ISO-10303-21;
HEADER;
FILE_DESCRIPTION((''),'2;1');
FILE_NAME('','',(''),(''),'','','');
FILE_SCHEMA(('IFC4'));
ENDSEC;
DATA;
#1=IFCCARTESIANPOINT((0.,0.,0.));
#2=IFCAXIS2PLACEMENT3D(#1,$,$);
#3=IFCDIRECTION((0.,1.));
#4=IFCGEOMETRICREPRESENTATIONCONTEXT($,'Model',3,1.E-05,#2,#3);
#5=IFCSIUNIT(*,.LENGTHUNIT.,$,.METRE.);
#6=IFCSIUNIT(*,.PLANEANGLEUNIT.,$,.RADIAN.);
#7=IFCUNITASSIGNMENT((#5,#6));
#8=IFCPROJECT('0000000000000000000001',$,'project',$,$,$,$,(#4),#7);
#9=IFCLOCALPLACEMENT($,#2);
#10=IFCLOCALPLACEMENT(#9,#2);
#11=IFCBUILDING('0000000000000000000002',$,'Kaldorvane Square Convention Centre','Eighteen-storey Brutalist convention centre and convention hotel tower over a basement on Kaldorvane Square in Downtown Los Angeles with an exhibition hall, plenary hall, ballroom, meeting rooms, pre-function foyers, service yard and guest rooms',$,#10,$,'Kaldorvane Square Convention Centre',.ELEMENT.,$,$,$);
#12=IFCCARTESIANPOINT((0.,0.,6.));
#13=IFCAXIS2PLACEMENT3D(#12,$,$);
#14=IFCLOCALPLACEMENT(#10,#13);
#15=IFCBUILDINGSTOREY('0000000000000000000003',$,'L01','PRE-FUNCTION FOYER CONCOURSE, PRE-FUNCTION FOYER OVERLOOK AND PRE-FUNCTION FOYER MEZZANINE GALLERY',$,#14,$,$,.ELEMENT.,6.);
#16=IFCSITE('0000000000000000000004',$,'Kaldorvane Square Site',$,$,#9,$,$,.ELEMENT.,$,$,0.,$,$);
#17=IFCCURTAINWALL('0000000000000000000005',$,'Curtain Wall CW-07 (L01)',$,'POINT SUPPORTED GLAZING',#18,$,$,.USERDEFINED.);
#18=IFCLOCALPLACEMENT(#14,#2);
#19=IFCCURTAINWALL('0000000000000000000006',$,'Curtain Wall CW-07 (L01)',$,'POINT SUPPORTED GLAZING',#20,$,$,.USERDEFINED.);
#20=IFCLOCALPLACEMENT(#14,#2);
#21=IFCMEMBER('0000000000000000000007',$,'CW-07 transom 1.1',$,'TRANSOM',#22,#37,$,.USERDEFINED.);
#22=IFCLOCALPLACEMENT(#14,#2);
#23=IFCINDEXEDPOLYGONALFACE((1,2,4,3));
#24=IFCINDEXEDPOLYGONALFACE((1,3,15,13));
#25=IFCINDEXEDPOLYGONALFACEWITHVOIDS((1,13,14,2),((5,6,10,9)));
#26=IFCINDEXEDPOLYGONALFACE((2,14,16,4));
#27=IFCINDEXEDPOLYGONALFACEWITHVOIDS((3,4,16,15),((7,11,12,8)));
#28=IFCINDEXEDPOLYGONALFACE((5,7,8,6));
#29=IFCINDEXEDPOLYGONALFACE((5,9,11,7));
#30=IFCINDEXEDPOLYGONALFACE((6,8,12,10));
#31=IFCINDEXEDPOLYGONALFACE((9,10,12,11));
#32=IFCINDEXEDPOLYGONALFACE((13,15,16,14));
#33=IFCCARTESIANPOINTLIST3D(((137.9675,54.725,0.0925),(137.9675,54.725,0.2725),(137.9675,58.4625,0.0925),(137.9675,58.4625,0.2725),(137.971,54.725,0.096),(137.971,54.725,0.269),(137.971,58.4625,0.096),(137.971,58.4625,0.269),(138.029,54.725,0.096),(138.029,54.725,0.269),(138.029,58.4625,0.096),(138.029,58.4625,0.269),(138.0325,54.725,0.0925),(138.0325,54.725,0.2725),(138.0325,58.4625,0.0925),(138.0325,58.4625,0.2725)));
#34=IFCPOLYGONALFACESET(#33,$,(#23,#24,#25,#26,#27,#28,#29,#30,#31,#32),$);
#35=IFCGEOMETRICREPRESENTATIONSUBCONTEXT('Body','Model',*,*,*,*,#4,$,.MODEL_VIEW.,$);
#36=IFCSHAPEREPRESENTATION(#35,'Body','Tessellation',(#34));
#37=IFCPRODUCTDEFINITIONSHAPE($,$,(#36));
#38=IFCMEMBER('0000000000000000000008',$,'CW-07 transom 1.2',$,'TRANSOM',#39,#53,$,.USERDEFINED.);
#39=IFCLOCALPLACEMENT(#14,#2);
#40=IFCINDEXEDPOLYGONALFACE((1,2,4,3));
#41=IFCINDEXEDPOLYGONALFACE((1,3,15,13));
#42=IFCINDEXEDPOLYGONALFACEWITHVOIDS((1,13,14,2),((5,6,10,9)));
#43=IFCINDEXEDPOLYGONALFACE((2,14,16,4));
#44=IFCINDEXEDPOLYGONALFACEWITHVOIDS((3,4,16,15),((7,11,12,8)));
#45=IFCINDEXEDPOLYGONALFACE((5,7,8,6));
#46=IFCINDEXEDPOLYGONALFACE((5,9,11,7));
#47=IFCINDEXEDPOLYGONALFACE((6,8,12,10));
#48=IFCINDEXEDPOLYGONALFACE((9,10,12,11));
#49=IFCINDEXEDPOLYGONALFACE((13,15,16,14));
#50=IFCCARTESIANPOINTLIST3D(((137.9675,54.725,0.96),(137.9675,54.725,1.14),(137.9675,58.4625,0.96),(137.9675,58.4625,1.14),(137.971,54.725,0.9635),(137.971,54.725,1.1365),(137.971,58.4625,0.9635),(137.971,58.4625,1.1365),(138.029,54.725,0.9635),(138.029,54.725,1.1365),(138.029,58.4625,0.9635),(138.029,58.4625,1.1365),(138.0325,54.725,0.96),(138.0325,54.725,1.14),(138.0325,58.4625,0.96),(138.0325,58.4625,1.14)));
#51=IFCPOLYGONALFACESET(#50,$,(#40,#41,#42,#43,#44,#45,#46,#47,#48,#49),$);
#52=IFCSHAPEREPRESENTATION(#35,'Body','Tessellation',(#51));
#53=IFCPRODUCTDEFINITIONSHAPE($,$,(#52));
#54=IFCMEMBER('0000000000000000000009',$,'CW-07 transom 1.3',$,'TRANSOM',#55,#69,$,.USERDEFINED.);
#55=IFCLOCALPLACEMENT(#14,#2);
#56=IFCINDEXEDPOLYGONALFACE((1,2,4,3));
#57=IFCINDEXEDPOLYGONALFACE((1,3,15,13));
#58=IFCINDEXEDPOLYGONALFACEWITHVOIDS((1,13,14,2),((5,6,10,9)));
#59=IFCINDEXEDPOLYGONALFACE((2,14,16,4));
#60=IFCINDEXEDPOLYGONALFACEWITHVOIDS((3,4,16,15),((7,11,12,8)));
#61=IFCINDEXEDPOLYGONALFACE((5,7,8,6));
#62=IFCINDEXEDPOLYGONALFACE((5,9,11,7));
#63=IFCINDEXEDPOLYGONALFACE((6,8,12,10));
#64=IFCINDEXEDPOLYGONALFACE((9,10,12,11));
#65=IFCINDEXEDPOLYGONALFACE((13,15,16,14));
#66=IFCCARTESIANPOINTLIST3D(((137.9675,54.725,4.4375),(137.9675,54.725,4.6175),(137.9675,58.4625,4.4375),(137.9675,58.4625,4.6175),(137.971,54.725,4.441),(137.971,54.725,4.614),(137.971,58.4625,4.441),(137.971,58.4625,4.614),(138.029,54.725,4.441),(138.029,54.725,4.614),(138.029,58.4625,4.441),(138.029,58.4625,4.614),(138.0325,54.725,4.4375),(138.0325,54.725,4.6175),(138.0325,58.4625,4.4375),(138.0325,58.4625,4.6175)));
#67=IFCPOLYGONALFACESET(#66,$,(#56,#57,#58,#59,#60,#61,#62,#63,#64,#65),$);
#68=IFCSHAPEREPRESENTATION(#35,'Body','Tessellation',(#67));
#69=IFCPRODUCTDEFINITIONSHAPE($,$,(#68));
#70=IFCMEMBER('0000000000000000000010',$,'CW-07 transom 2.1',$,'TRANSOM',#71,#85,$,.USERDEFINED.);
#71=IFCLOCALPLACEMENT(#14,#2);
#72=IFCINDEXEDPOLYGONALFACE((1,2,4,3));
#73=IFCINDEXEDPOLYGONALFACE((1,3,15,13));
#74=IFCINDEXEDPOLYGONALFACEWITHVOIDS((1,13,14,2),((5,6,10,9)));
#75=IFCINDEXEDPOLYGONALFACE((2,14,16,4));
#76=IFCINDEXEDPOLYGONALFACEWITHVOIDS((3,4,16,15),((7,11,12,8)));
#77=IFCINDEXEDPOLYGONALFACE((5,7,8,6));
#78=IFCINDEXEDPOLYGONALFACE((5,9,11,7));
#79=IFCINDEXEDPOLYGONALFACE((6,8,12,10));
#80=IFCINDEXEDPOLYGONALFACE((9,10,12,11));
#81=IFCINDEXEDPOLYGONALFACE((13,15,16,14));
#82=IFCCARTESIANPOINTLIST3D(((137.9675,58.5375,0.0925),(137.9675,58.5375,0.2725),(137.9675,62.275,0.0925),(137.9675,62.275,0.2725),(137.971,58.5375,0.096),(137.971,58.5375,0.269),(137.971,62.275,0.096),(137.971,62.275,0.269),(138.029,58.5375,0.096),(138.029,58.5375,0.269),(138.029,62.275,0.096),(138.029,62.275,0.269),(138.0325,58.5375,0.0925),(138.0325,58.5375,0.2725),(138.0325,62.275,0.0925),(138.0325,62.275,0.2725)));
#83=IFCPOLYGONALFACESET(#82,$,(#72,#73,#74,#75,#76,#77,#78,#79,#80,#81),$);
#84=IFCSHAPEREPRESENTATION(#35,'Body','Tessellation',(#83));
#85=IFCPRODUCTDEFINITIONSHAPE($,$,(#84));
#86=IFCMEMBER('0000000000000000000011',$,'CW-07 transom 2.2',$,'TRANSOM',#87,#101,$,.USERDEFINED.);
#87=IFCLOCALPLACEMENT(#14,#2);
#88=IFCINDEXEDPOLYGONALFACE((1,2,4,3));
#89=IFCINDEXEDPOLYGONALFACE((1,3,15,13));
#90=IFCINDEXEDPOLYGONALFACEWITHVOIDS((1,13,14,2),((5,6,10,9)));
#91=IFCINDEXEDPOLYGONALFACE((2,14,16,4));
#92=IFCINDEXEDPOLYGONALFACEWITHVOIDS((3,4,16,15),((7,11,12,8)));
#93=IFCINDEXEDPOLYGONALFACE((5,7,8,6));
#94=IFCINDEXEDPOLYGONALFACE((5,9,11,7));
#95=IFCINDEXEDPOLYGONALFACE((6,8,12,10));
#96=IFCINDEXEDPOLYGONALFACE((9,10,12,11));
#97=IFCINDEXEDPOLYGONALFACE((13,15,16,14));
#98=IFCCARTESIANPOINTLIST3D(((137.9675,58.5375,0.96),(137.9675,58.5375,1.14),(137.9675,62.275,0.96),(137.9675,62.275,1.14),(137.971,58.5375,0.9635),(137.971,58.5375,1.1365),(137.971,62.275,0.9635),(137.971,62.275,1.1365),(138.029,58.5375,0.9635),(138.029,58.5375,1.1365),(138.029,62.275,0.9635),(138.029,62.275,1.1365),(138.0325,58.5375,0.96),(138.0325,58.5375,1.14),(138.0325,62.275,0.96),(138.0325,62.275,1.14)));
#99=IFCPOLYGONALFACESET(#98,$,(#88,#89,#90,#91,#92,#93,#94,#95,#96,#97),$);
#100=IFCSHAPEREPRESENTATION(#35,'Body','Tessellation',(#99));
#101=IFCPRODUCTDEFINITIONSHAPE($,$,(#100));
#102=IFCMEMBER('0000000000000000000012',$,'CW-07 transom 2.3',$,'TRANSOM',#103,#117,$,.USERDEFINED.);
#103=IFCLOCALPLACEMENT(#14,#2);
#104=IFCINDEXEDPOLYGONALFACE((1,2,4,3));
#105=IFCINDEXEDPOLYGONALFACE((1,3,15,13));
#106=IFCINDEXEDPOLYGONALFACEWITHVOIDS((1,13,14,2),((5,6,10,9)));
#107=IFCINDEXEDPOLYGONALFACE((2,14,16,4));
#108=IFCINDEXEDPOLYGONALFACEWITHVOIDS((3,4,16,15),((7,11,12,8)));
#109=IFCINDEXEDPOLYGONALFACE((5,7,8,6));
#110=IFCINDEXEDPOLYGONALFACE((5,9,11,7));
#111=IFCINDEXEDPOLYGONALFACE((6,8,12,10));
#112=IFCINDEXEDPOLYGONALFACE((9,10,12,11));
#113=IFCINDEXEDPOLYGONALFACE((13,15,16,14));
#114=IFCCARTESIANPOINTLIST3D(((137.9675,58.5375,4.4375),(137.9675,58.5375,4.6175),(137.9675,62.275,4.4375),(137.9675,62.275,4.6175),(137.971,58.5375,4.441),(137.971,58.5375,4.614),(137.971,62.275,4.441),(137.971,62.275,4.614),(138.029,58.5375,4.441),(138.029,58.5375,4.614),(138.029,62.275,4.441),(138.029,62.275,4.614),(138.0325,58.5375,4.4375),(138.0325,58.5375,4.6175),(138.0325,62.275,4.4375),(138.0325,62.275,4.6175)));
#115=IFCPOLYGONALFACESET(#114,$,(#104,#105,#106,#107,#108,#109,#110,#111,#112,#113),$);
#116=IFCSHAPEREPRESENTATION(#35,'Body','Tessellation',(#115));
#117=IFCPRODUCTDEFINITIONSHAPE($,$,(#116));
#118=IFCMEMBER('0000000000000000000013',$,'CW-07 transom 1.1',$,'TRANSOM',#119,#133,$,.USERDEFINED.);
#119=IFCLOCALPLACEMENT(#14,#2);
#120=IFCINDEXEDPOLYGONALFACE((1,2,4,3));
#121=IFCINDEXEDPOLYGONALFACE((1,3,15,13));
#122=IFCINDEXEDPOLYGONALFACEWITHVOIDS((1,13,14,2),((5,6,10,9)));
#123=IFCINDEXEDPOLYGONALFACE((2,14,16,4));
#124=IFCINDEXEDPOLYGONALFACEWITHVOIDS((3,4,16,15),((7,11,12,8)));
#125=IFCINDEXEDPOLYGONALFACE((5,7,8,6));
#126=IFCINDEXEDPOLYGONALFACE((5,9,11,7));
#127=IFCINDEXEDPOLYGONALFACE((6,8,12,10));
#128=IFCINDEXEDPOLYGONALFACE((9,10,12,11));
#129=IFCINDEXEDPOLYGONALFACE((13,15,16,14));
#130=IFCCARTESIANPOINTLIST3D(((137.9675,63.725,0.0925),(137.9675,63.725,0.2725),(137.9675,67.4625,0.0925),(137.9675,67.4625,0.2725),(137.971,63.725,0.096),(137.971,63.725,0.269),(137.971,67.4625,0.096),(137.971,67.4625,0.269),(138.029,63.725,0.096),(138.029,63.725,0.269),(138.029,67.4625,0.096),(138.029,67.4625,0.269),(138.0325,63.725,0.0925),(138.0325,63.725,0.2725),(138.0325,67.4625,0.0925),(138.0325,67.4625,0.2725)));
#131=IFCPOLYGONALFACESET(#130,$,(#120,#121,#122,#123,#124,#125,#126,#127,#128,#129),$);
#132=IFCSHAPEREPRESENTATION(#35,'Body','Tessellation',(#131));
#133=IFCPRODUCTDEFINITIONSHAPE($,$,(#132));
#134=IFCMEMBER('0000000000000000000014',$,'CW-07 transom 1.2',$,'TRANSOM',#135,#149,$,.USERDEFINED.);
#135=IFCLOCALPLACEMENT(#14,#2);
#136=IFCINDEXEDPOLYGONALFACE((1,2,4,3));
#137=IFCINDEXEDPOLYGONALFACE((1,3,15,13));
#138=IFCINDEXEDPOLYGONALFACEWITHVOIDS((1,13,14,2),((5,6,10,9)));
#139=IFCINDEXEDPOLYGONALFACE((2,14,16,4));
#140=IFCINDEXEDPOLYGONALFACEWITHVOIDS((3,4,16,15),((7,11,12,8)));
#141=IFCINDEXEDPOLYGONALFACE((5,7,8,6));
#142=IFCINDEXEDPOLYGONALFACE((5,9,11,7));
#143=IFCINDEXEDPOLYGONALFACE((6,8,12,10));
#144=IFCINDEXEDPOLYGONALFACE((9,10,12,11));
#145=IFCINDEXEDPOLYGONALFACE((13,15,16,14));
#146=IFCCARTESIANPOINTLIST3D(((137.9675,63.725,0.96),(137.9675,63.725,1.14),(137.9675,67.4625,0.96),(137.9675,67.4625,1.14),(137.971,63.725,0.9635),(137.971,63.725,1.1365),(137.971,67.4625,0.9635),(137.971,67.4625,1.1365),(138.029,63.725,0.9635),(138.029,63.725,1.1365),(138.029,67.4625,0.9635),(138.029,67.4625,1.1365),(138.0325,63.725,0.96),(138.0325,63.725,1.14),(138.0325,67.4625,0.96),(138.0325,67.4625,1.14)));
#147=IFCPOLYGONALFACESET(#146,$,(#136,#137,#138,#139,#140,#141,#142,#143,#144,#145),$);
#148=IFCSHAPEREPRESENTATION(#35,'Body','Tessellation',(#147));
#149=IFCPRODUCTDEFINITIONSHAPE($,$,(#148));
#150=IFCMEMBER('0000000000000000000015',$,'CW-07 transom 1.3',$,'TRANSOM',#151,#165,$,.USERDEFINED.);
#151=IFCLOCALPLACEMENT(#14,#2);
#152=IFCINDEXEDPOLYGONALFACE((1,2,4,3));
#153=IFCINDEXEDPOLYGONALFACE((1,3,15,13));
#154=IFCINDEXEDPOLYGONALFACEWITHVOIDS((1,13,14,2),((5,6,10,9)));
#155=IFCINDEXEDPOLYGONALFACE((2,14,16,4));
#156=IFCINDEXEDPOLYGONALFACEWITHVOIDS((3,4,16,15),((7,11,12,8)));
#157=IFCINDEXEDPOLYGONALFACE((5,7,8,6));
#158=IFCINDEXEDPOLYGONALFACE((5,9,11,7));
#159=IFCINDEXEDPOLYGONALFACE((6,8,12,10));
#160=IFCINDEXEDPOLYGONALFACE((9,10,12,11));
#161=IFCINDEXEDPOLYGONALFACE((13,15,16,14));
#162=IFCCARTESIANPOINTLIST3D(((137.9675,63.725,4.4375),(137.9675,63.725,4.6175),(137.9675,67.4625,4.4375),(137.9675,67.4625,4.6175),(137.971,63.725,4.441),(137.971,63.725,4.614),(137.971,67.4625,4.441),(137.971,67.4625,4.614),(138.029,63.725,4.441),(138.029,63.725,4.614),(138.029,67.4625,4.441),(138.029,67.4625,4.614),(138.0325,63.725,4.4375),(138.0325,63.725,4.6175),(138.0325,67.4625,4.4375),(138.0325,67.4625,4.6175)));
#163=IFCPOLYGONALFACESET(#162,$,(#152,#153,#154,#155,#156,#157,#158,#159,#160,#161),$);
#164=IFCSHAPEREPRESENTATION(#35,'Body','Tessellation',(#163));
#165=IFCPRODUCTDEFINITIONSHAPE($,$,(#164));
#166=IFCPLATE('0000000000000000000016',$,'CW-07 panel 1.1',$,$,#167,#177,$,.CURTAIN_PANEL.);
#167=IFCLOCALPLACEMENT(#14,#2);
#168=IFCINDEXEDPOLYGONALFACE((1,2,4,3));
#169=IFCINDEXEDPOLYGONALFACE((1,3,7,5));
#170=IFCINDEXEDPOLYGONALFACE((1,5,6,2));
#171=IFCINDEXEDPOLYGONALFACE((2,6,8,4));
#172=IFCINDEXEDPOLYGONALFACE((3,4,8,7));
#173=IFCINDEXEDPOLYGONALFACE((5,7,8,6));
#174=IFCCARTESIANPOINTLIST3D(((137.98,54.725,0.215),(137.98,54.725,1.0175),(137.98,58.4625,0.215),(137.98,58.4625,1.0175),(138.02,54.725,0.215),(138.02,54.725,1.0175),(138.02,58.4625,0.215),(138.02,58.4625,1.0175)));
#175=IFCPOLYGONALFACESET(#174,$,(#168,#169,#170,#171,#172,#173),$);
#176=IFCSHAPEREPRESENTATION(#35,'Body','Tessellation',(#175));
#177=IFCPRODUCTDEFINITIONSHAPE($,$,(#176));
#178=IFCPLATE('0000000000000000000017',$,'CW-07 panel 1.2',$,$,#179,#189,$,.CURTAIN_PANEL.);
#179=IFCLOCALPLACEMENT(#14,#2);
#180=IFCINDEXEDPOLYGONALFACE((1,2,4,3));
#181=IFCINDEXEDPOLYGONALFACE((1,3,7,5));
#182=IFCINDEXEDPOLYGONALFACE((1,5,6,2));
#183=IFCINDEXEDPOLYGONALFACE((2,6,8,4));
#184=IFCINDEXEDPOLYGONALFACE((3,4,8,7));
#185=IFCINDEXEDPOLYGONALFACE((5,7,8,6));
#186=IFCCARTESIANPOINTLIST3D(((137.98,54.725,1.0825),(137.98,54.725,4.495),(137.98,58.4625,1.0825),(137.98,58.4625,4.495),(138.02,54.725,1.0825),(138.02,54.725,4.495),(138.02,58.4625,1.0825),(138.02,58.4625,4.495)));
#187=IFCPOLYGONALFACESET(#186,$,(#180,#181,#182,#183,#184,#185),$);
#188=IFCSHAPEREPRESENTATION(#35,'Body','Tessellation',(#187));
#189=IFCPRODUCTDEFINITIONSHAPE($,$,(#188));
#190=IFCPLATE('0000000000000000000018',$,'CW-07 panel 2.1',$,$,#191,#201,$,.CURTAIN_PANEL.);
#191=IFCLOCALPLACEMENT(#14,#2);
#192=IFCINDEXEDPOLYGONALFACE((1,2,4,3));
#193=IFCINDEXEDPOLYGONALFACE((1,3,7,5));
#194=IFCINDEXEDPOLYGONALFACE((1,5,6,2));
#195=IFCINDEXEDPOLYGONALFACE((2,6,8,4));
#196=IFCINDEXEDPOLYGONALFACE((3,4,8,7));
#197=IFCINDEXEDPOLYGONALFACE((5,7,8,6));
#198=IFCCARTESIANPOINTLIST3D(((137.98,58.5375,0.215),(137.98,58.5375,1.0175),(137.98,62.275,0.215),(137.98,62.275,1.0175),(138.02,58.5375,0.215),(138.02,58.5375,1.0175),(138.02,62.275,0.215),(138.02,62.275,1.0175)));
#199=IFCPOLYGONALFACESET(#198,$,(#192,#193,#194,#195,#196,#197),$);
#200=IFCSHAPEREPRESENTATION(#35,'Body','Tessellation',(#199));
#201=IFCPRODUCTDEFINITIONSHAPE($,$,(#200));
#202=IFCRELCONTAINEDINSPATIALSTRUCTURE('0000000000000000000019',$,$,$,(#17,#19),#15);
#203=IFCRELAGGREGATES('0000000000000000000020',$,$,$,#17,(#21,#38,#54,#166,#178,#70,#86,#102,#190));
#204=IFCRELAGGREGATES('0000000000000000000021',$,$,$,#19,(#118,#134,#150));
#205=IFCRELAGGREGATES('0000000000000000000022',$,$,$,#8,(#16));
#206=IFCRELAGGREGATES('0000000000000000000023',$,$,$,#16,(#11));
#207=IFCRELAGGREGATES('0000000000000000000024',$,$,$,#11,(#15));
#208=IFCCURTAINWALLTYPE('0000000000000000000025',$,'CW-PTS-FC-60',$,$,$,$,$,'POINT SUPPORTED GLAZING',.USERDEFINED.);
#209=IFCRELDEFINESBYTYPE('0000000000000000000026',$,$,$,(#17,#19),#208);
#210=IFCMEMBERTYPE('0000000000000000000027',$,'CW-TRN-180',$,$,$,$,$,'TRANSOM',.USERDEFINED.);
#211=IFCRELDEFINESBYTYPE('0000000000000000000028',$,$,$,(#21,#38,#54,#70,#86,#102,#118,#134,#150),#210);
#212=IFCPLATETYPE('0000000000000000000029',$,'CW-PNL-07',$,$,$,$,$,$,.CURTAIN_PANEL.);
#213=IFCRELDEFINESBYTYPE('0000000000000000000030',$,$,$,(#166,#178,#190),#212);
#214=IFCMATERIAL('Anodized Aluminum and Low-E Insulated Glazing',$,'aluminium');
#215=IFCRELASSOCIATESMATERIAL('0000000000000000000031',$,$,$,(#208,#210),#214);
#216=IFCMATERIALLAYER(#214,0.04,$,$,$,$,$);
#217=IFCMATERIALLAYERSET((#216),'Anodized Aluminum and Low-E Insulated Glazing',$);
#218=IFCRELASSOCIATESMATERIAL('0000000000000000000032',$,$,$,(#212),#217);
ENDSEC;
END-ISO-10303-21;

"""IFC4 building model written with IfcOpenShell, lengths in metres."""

from ifc_helpers import new_model, si_unit, direction, frame, origin, origin_2d, place, context, subcontext, project, spatial, rectangle, hollow_rectangle, extrude, material, layer, layer_set, material_profile, profile_set, type_object, element, aggregate, save


model = new_model("IFC4")

# Units and contexts
model_context = context("Model", 3, precision=1e-05, world=origin(), true_north=direction((0.0, 1.0)))
body_context = subcontext(model_context, "Body", "Model", "MODEL_VIEW")
ifc_project = project(units=[si_unit("LENGTHUNIT", "METRE"), si_unit("PLANEANGLEUNIT", "RADIAN")], contexts=[model_context])

# Site, building, storey
site_placement = place(None, origin())
site = spatial("IfcSite", under=ifc_project, at=site_placement, Name="Kaldorvane Square Site", CompositionType="ELEMENT", RefElevation=0.0)
building_placement = place(site_placement, origin())
building = spatial("IfcBuilding", under=site, at=building_placement, Name="Kaldorvane Square Convention Centre", Description="Eighteen-storey Brutalist convention centre and convention hotel tower over a basement on Kaldorvane Square in Downtown Los Angeles with an exhibition hall, plenary hall, ballroom, meeting rooms, pre-function foyers, service yard and guest rooms", LongName="Kaldorvane Square Convention Centre", CompositionType="ELEMENT")
storey_placement = place(building_placement, frame((0.0, 0.0, 6.0)))
storey = spatial("IfcBuildingStorey", under=building, at=storey_placement, Name="L01", Description="PRE-FUNCTION FOYER CONCOURSE, PRE-FUNCTION FOYER OVERLOOK AND PRE-FUNCTION FOYER MEZZANINE GALLERY", CompositionType="ELEMENT", Elevation=6.0)

# Curtain wall
ifc_material_1 = material(Name="Anodized Aluminum and Low-E Insulated Glazing", Category="aluminium")
curtain_wall_type = type_object("IfcCurtainWallType", Name="CW-PTS-FC-60", ElementType="POINT SUPPORTED GLAZING", PredefinedType="USERDEFINED", material=ifc_material_1)
curtain_wall_1_placement = place(storey_placement, origin())
curtain_wall_1 = element("IfcCurtainWall", 1, at=curtain_wall_1_placement, inside=storey, type_object=curtain_wall_type, Name="Curtain Wall CW-07 (L01)", ObjectType="POINT SUPPORTED GLAZING", PredefinedType="USERDEFINED")

# Curtain wall
curtain_wall_2_placement = place(storey_placement, origin())
curtain_wall_2 = element("IfcCurtainWall", 2, at=curtain_wall_2_placement, inside=storey, type_object=curtain_wall_type, Name="Curtain Wall CW-07 (L01)", ObjectType="POINT SUPPORTED GLAZING", PredefinedType="USERDEFINED")

# Members
ifc_material_profile_1 = material_profile(ifc_material_1, hollow_rectangle(XDim=0.065, YDim=0.18, WallThickness=0.0035, at=origin_2d()), Name="CWT-180X65")
ifc_profile_set_1 = profile_set([ifc_material_profile_1], Name="Anodized Aluminum and Low-E Insulated Glazing")
member_type_1 = type_object("IfcMemberType", Name="CW-TRN-180", ElementType="TRANSOM", PredefinedType="USERDEFINED", material=ifc_profile_set_1)
member_1_placement = place(storey_placement, frame((138.0, 54.725, 0.1825), z_axis=(0.0, 1.0, 0.0), x_axis=(-1.0, 0.0, 0.0)))
member_1 = element("IfcMember", 3, at=member_1_placement, type_object=member_type_1, Name="CW-07 transom 1.1", ObjectType="TRANSOM", PredefinedType="USERDEFINED", context=body_context, shape_type="SweptSolid", body=[
    extrude(hollow_rectangle(XDim=0.065, YDim=0.18, WallThickness=0.0035, at=origin_2d()), origin(), (0.0, 0.0, 1.0), 3.7375),
])
member_2_placement = place(storey_placement, frame((138.0, 54.725, 1.05), z_axis=(0.0, 1.0, 0.0), x_axis=(-1.0, 0.0, 0.0)))
member_2 = element("IfcMember", 4, at=member_2_placement, type_object=member_type_1, Name="CW-07 transom 1.2", ObjectType="TRANSOM", PredefinedType="USERDEFINED", context=body_context, shape_type="SweptSolid", body=[
    extrude(hollow_rectangle(XDim=0.065, YDim=0.18, WallThickness=0.0035, at=origin_2d()), origin(), (0.0, 0.0, 1.0), 3.7375),
])
member_3_placement = place(storey_placement, frame((138.0, 54.725, 4.5275), z_axis=(0.0, 1.0, 0.0), x_axis=(-1.0, 0.0, 0.0)))
member_3 = element("IfcMember", 5, at=member_3_placement, type_object=member_type_1, Name="CW-07 transom 1.3", ObjectType="TRANSOM", PredefinedType="USERDEFINED", context=body_context, shape_type="SweptSolid", body=[
    extrude(hollow_rectangle(XDim=0.065, YDim=0.18, WallThickness=0.0035, at=origin_2d()), origin(), (0.0, 0.0, 1.0), 3.7375),
])
member_4_placement = place(storey_placement, frame((138.0, 58.5375, 0.1825), z_axis=(0.0, 1.0, 0.0), x_axis=(-1.0, 0.0, 0.0)))
member_4 = element("IfcMember", 6, at=member_4_placement, type_object=member_type_1, Name="CW-07 transom 2.1", ObjectType="TRANSOM", PredefinedType="USERDEFINED", context=body_context, shape_type="SweptSolid", body=[
    extrude(hollow_rectangle(XDim=0.065, YDim=0.18, WallThickness=0.0035, at=origin_2d()), origin(), (0.0, 0.0, 1.0), 3.7375),
])
member_5_placement = place(storey_placement, frame((138.0, 58.5375, 1.05), z_axis=(0.0, 1.0, 0.0), x_axis=(-1.0, 0.0, 0.0)))
member_5 = element("IfcMember", 7, at=member_5_placement, type_object=member_type_1, Name="CW-07 transom 2.2", ObjectType="TRANSOM", PredefinedType="USERDEFINED", context=body_context, shape_type="SweptSolid", body=[
    extrude(hollow_rectangle(XDim=0.065, YDim=0.18, WallThickness=0.0035, at=origin_2d()), origin(), (0.0, 0.0, 1.0), 3.7375),
])
member_6_placement = place(storey_placement, frame((138.0, 58.5375, 4.5275), z_axis=(0.0, 1.0, 0.0), x_axis=(-1.0, 0.0, 0.0)))
member_6 = element("IfcMember", 8, at=member_6_placement, type_object=member_type_1, Name="CW-07 transom 2.3", ObjectType="TRANSOM", PredefinedType="USERDEFINED", context=body_context, shape_type="SweptSolid", body=[
    extrude(hollow_rectangle(XDim=0.065, YDim=0.18, WallThickness=0.0035, at=origin_2d()), origin(), (0.0, 0.0, 1.0), 3.7375),
])
member_7_placement = place(storey_placement, frame((138.0, 63.725, 0.1825), z_axis=(0.0, 1.0, 0.0), x_axis=(-1.0, 0.0, 0.0)))
member_7 = element("IfcMember", 9, at=member_7_placement, type_object=member_type_1, Name="CW-07 transom 1.1", ObjectType="TRANSOM", PredefinedType="USERDEFINED", context=body_context, shape_type="SweptSolid", body=[
    extrude(hollow_rectangle(XDim=0.065, YDim=0.18, WallThickness=0.0035, at=origin_2d()), origin(), (0.0, 0.0, 1.0), 3.7375),
])
member_8_placement = place(storey_placement, frame((138.0, 63.725, 1.05), z_axis=(0.0, 1.0, 0.0), x_axis=(-1.0, 0.0, 0.0)))
member_8 = element("IfcMember", 10, at=member_8_placement, type_object=member_type_1, Name="CW-07 transom 1.2", ObjectType="TRANSOM", PredefinedType="USERDEFINED", context=body_context, shape_type="SweptSolid", body=[
    extrude(hollow_rectangle(XDim=0.065, YDim=0.18, WallThickness=0.0035, at=origin_2d()), origin(), (0.0, 0.0, 1.0), 3.7375),
])
member_9_placement = place(storey_placement, frame((138.0, 63.725, 4.5275), z_axis=(0.0, 1.0, 0.0), x_axis=(-1.0, 0.0, 0.0)))
member_9 = element("IfcMember", 11, at=member_9_placement, type_object=member_type_1, Name="CW-07 transom 1.3", ObjectType="TRANSOM", PredefinedType="USERDEFINED", context=body_context, shape_type="SweptSolid", body=[
    extrude(hollow_rectangle(XDim=0.065, YDim=0.18, WallThickness=0.0035, at=origin_2d()), origin(), (0.0, 0.0, 1.0), 3.7375),
])

# Plates
ifc_layer_1 = layer(ifc_material_1, 0.04)
ifc_layer_set_1 = layer_set([ifc_layer_1], Name="Anodized Aluminum and Low-E Insulated Glazing")
plate_type = type_object("IfcPlateType", Name="CW-PNL-07", PredefinedType="CURTAIN_PANEL", material=ifc_layer_set_1)
plate_1_placement = place(storey_placement, frame((138.0, 56.5938, 0.215), z_axis=(0.0, 0.0, 1.0), x_axis=(0.0, 1.0, 0.0)))
plate_1 = element("IfcPlate", 12, at=plate_1_placement, type_object=plate_type, Name="CW-07 panel 1.1", PredefinedType="CURTAIN_PANEL", context=body_context, shape_type="SweptSolid", body=[
    extrude(rectangle(XDim=3.7375, YDim=0.04, at=origin_2d()), origin(), (0.0, 0.0, 1.0), 0.8025),
])
plate_2_placement = place(storey_placement, frame((138.0, 56.5938, 1.0825), z_axis=(0.0, 0.0, 1.0), x_axis=(0.0, 1.0, 0.0)))
plate_2 = element("IfcPlate", 13, at=plate_2_placement, type_object=plate_type, Name="CW-07 panel 1.2", PredefinedType="CURTAIN_PANEL", context=body_context, shape_type="SweptSolid", body=[
    extrude(rectangle(XDim=3.7375, YDim=0.04, at=origin_2d()), origin(), (0.0, 0.0, 1.0), 3.4125),
])
plate_3_placement = place(storey_placement, frame((138.0, 60.4062, 0.215), z_axis=(0.0, 0.0, 1.0), x_axis=(0.0, 1.0, 0.0)))
plate_3 = element("IfcPlate", 14, at=plate_3_placement, type_object=plate_type, Name="CW-07 panel 2.1", PredefinedType="CURTAIN_PANEL", context=body_context, shape_type="SweptSolid", body=[
    extrude(rectangle(XDim=3.7375, YDim=0.04, at=origin_2d()), origin(), (0.0, 0.0, 1.0), 0.8025),
])
aggregate(curtain_wall_1, [member_1, member_2, member_3, plate_1, plate_2, member_4, member_5, member_6, plate_3])
aggregate(curtain_wall_2, [member_7, member_8, member_9])

save(model, "model.ifc")
